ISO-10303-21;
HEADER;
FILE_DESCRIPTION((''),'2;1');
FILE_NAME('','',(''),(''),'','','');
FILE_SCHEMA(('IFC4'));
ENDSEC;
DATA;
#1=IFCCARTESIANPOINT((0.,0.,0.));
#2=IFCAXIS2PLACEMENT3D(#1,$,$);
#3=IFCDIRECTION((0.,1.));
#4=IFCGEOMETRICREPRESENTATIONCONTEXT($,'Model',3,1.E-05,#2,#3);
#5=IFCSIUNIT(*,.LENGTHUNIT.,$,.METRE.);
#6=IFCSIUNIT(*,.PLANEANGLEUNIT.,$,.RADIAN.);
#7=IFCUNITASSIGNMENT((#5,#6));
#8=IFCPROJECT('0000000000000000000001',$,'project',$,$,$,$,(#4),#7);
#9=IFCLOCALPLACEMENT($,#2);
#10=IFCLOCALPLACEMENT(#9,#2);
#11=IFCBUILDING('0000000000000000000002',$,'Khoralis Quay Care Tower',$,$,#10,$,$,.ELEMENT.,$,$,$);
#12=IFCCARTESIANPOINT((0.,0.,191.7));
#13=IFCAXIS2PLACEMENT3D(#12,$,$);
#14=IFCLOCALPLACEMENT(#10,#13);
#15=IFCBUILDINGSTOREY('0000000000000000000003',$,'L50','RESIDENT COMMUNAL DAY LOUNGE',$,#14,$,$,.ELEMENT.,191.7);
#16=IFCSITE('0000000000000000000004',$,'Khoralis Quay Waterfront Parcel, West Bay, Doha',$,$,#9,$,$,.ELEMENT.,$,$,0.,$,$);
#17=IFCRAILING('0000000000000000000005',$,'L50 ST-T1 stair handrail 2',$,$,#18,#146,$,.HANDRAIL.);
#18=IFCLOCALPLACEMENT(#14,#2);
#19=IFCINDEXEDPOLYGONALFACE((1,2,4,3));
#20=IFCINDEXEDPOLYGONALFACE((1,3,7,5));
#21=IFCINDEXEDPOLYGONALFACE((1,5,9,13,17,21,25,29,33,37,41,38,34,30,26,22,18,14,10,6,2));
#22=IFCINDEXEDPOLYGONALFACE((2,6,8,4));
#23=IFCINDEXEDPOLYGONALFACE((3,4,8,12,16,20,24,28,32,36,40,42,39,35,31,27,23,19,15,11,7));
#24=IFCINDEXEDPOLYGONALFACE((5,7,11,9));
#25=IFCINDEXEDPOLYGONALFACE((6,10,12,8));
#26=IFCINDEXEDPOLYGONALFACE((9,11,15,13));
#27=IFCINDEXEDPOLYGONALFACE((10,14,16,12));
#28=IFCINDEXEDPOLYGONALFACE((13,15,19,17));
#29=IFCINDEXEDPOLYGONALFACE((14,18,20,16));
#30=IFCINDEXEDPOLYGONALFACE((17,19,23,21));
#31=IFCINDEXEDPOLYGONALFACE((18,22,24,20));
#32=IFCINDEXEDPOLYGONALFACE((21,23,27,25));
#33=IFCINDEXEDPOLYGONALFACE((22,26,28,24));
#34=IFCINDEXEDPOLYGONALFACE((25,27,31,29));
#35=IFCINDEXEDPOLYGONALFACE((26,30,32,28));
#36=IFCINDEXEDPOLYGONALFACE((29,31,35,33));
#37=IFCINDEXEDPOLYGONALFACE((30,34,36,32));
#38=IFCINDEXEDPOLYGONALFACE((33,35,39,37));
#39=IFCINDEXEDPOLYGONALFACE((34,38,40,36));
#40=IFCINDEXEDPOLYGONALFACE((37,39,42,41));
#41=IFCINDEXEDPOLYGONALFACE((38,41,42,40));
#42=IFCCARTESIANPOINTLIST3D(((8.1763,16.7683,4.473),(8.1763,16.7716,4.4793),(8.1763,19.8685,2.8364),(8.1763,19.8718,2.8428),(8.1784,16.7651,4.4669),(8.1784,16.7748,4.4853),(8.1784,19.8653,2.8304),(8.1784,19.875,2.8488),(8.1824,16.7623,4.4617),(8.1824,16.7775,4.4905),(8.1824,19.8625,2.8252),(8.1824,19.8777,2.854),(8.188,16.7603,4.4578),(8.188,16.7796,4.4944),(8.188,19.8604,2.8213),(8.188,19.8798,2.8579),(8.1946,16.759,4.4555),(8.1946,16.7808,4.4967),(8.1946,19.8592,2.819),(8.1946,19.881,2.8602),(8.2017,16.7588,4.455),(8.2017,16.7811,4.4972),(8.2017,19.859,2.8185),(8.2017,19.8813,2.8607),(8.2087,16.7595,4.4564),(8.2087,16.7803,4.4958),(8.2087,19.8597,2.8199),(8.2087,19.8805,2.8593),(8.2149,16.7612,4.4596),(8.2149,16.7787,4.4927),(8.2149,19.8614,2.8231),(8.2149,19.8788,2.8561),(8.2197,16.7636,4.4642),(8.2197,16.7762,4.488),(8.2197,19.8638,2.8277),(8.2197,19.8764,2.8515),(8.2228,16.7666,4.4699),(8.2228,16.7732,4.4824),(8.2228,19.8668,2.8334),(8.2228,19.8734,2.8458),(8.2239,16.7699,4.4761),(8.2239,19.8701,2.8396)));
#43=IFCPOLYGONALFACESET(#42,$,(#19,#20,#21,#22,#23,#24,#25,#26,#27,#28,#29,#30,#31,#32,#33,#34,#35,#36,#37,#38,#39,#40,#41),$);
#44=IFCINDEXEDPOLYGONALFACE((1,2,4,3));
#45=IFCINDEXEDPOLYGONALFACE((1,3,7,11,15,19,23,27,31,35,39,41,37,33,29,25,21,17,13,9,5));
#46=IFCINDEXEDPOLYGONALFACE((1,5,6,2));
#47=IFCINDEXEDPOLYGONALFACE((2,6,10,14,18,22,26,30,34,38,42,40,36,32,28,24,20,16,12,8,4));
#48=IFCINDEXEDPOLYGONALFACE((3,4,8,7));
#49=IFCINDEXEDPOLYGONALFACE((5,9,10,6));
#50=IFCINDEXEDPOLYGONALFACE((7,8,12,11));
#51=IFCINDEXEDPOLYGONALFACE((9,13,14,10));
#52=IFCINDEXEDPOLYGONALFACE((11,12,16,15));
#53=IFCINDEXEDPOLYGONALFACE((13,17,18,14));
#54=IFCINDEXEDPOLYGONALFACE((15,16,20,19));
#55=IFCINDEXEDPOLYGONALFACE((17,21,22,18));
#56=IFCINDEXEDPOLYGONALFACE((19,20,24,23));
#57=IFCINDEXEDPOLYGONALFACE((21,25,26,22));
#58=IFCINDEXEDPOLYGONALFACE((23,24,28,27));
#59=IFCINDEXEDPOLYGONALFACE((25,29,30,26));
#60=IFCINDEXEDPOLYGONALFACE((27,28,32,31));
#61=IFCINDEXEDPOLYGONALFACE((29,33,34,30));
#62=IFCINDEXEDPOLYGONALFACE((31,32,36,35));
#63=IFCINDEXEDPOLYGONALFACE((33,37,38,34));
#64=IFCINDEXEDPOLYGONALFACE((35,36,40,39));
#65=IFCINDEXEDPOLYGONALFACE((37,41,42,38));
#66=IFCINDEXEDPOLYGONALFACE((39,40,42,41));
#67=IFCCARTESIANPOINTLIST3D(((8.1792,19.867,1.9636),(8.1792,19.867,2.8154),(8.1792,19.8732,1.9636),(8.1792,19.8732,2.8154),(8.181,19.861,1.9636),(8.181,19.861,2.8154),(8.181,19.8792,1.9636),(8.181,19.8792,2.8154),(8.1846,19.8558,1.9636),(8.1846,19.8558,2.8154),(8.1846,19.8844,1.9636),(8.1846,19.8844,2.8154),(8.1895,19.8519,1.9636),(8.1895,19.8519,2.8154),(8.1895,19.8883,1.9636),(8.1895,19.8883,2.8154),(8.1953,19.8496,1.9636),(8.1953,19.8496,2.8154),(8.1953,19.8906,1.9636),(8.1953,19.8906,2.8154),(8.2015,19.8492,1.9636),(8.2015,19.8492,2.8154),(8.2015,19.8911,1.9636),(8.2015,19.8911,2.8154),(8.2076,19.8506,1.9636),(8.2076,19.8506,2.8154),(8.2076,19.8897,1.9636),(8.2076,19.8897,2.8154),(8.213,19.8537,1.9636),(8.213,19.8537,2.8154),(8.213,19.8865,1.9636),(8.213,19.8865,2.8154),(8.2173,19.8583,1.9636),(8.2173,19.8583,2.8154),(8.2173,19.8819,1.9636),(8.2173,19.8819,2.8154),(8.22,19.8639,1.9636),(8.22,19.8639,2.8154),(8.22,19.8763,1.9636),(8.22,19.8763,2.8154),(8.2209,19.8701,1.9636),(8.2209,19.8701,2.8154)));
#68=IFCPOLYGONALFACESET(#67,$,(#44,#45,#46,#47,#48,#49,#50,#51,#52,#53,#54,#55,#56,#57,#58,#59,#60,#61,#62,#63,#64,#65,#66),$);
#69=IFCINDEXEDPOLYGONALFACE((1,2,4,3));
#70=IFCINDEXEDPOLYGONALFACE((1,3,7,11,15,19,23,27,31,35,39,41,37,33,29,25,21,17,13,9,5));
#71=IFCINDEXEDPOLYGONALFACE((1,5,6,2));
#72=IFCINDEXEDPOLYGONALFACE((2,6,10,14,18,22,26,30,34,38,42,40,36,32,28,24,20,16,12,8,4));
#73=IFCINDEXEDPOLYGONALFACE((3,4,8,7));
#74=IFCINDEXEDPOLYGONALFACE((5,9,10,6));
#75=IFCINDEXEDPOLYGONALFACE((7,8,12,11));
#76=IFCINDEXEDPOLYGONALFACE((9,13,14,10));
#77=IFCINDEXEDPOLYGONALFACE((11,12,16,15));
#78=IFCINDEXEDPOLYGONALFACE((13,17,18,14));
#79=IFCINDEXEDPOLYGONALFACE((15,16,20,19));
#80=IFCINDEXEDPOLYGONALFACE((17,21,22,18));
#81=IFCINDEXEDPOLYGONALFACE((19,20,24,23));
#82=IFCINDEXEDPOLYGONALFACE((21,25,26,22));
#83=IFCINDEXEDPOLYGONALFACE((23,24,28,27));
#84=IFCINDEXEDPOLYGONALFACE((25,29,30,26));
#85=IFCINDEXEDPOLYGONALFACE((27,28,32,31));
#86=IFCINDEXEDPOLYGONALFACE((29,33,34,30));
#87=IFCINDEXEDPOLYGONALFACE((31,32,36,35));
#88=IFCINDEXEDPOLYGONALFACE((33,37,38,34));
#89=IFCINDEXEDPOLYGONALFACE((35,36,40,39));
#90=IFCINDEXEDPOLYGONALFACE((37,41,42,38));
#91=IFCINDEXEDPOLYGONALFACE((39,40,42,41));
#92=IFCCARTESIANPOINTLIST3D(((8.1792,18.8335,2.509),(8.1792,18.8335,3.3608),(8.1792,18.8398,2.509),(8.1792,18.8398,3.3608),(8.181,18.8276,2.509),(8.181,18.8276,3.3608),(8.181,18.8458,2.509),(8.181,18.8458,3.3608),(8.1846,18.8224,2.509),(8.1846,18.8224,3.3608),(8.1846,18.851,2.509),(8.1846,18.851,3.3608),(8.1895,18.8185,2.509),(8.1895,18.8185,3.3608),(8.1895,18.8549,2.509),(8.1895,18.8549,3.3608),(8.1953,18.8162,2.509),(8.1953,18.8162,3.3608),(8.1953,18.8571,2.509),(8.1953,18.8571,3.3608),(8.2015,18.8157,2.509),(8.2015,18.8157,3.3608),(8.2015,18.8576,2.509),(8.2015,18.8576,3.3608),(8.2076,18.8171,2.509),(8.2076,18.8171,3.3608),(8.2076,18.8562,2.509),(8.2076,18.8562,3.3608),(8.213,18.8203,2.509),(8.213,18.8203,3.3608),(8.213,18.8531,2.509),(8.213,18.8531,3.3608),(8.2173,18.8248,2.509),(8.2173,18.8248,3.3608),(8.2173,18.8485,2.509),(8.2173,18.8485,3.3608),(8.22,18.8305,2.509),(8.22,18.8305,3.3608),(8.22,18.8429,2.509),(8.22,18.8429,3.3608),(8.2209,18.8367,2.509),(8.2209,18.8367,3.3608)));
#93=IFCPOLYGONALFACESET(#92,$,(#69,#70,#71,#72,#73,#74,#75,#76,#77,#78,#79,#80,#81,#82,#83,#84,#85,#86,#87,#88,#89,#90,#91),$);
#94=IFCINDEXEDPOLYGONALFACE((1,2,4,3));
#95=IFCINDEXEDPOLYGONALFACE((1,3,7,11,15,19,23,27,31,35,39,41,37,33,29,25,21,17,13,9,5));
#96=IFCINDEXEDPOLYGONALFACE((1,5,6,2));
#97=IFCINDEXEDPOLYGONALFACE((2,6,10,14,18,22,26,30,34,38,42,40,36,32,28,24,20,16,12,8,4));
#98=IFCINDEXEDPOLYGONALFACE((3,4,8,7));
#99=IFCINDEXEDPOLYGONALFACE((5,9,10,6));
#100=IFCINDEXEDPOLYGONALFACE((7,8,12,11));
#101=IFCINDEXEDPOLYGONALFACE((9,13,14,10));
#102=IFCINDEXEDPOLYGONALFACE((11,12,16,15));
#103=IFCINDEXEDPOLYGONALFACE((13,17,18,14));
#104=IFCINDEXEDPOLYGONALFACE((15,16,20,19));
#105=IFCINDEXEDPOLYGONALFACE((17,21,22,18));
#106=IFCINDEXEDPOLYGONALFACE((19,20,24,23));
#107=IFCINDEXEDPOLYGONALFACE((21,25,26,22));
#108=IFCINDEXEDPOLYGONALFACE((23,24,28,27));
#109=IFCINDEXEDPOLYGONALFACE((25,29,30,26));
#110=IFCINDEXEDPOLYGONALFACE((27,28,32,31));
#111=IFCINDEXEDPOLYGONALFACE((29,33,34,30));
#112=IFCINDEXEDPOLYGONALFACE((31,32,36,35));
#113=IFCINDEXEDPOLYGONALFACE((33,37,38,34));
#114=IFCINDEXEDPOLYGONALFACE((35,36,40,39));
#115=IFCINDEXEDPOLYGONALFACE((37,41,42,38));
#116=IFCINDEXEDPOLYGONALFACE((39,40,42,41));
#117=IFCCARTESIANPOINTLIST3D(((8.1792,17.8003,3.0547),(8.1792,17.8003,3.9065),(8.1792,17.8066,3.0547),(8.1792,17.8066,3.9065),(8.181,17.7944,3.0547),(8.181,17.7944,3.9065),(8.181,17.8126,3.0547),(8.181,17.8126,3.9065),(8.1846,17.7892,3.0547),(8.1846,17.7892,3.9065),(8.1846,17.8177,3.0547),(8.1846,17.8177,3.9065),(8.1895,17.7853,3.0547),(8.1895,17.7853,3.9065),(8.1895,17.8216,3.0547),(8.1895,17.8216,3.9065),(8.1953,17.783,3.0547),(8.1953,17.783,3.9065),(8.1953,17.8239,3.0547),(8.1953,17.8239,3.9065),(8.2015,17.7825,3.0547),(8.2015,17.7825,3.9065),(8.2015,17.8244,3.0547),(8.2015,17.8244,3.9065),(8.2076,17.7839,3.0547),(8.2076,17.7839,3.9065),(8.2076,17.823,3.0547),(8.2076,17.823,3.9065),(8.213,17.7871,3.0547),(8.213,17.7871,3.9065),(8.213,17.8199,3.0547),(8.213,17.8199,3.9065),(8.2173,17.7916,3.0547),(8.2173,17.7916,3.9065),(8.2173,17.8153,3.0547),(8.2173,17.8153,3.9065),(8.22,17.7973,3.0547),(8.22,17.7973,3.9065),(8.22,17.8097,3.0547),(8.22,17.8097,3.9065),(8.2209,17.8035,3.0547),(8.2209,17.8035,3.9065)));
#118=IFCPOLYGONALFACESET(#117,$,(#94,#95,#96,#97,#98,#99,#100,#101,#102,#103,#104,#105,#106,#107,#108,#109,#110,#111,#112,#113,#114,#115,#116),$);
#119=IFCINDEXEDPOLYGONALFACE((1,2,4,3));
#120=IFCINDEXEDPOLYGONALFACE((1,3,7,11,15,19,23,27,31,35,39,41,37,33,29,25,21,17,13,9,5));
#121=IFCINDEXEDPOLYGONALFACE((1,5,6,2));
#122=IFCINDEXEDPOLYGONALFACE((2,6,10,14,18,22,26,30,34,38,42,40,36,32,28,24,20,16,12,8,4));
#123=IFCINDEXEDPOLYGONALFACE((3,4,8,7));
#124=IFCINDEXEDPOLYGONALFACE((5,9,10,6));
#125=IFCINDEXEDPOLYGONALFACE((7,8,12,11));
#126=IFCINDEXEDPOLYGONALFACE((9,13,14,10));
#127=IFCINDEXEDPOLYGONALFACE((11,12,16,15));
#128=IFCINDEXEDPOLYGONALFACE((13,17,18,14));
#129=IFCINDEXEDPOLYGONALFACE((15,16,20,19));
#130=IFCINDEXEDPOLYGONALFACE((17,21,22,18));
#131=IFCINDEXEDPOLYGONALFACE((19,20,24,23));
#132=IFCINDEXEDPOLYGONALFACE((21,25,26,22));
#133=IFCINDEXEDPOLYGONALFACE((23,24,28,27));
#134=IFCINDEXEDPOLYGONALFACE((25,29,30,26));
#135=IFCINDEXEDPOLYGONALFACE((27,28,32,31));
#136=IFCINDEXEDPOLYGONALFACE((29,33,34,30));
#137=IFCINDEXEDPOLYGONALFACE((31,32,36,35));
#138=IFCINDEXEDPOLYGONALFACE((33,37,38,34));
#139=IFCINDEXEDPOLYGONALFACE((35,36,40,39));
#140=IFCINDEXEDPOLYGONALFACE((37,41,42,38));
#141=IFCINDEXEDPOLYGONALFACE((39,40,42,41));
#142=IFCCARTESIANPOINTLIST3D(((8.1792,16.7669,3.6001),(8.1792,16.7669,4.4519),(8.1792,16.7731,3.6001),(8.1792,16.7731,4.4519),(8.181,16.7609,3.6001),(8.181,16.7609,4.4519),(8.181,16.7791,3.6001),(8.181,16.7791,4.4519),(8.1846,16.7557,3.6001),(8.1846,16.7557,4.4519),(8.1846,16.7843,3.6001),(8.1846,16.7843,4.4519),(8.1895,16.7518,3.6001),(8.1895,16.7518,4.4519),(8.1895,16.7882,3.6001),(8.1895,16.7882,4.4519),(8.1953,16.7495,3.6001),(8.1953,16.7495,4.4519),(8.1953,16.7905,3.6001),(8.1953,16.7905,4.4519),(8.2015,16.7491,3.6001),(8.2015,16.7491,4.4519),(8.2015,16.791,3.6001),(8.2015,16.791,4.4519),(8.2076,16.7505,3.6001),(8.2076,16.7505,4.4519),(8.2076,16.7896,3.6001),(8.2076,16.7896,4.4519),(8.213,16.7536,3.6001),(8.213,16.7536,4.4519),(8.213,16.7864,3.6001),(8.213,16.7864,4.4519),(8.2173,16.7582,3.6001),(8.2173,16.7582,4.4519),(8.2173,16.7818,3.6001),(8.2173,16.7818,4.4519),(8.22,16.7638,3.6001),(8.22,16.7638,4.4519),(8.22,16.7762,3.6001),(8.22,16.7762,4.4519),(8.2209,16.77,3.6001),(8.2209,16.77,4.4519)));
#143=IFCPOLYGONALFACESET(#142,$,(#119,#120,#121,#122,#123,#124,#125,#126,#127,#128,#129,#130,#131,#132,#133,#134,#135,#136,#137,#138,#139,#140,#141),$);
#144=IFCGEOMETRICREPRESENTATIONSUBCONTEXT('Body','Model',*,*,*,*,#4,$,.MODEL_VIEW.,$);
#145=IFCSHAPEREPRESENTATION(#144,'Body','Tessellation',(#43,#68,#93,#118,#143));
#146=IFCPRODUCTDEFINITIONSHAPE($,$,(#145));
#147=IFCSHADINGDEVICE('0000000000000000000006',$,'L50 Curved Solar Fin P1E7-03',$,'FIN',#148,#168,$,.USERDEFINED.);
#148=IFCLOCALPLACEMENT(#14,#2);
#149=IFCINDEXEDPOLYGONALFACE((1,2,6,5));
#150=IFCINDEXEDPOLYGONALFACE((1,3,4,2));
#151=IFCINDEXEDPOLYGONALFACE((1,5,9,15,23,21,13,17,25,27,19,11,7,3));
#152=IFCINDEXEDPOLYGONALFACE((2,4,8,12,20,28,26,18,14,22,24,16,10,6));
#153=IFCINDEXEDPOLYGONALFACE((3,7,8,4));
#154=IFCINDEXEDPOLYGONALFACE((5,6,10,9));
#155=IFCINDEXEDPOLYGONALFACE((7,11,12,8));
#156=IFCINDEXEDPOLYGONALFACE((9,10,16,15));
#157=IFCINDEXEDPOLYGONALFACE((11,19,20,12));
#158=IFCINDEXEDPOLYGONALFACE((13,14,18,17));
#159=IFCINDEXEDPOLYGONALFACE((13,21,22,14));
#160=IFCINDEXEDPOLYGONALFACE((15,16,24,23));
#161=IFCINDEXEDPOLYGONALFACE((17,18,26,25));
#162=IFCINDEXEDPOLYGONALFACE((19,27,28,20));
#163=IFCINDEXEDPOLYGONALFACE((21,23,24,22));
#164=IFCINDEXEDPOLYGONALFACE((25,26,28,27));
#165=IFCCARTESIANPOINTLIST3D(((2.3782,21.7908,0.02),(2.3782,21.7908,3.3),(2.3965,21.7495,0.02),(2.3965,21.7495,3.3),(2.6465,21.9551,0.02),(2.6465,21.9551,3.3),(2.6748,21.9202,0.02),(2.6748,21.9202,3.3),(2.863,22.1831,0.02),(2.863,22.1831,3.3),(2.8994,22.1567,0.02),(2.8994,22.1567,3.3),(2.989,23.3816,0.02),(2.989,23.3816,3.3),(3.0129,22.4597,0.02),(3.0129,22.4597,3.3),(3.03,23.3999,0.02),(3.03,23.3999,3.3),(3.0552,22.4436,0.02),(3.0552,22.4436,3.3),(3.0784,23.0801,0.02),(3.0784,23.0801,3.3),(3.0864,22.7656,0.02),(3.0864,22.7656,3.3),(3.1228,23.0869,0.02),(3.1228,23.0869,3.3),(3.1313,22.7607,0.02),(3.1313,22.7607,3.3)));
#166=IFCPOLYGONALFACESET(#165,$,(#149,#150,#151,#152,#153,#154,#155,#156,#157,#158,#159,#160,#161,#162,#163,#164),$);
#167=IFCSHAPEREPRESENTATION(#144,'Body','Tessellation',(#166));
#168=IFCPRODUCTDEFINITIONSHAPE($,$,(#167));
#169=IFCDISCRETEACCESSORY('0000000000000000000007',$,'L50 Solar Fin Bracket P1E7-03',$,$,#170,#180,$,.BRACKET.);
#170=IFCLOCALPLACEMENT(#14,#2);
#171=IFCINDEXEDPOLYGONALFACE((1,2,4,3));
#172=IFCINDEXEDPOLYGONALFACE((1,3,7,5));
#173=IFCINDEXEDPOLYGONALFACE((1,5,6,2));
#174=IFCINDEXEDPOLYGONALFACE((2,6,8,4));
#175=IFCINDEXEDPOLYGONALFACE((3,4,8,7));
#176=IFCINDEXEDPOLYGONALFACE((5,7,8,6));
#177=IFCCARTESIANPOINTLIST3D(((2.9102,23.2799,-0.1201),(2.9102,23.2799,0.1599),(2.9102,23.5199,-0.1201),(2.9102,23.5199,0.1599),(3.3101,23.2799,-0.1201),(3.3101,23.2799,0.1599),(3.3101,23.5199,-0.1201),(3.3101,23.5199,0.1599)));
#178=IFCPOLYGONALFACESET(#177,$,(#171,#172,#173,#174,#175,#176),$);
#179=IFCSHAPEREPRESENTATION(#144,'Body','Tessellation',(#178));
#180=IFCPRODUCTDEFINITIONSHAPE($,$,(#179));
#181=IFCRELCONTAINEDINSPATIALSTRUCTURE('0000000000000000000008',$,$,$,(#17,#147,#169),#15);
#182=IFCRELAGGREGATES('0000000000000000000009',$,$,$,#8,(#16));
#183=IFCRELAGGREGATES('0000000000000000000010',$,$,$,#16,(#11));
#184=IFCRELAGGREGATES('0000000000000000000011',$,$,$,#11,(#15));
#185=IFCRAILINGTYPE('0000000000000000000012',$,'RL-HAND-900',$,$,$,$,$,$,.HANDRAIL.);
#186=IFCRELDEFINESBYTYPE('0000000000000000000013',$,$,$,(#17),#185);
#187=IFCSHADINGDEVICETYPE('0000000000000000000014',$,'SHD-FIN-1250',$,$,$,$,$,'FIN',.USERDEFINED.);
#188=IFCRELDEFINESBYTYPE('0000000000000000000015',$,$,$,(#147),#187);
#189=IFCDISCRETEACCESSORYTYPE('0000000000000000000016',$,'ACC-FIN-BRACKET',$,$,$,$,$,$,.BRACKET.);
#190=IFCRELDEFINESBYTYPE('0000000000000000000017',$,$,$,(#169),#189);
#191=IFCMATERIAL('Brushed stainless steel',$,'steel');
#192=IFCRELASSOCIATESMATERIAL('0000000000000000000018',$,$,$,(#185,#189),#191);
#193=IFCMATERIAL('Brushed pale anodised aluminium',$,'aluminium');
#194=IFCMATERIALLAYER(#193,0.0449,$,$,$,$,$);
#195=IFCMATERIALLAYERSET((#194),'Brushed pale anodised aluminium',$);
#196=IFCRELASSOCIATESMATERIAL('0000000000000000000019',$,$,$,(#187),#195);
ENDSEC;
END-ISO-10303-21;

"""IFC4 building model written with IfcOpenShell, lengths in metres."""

from ifc_helpers import new_model, si_unit, direction, frame, origin, origin_2d, place, context, subcontext, project, spatial, polyline, rectangle, circle, outline, extrude, source, transform, mapped, material, layer, layer_set, type_object, element, save


model = new_model("IFC4")

# Units and contexts
model_context = context("Model", 3, precision=1e-05, world=origin(), true_north=direction((0.0, 1.0)))
body_context = subcontext(model_context, "Body", "Model", "MODEL_VIEW")
ifc_project = project(units=[si_unit("LENGTHUNIT", "METRE"), si_unit("PLANEANGLEUNIT", "RADIAN")], contexts=[model_context])

# Site, building, storey
site_placement = place(None, origin())
site = spatial("IfcSite", under=ifc_project, at=site_placement, Name="Khoralis Quay Waterfront Parcel, West Bay, Doha", CompositionType="ELEMENT", RefElevation=0.0)
building_placement = place(site_placement, origin())
building = spatial("IfcBuilding", under=site, at=building_placement, Name="Khoralis Quay Care Tower", CompositionType="ELEMENT")
storey_placement = place(building_placement, frame((0.0, 0.0, 191.7)))
storey = spatial("IfcBuildingStorey", under=building, at=storey_placement, Name="L50", Description="RESIDENT COMMUNAL DAY LOUNGE", CompositionType="ELEMENT", Elevation=191.7)

# Railing
ifc_material_1 = material(Name="Brushed stainless steel", Category="steel")
railing_type_1 = type_object("IfcRailingType", Name="RL-HAND-900", PredefinedType="HANDRAIL", material=ifc_material_1)
railing_1_placement = place(storey_placement, frame((8.2, 19.8701, 1.9636)))
element("IfcRailing", 1, at=railing_1_placement, inside=storey, type_object=railing_type_1, Name="L50 ST-T1 stair handrail 2", PredefinedType="HANDRAIL", context=body_context, shape_type="SweptSolid", body=[
    extrude(circle(Radius=0.0239, at=origin_2d()), frame((0.0, 0.0, 0.876), z_axis=(0.0, -0.884348, 0.466828), x_axis=(1.0, 0.0, 0.0)), (0.0, 0.0, 1.0), 3.5056),
    extrude(circle(Radius=0.021, at=origin_2d()), origin(), (0.0, 0.0, 1.0), 0.8518),
    extrude(circle(Radius=0.021, at=origin_2d()), frame((0.0, -1.0334, 0.5454)), (0.0, 0.0, 1.0), 0.8518),
    extrude(circle(Radius=0.021, at=origin_2d()), frame((0.0, -2.0667, 1.0911)), (0.0, 0.0, 1.0), 0.8518),
    extrude(circle(Radius=0.021, at=origin_2d()), frame((0.0, -3.1001, 1.6365)), (0.0, 0.0, 1.0), 0.8518),
])

# Shading device
ifc_material_2 = material(Name="Brushed pale anodised aluminium", Category="aluminium")
ifc_layer_1 = layer(ifc_material_2, 0.0449)
ifc_layer_set_1 = layer_set([ifc_layer_1], Name="Brushed pale anodised aluminium")
shading_device_type = type_object("IfcShadingDeviceType", Name="SHD-FIN-1250", ElementType="FIN", PredefinedType="USERDEFINED", material=ifc_layer_set_1)
shared_shape_1 = source(origin(), body_context, "Body", "SweptSolid", [
    extrude(outline(polyline([(0.0, 0.0), (-0.0928, 0.313), (-0.1013, 0.6392), (-0.0251, 0.9563), (0.1306, 1.2432), (0.3552, 1.4797), (0.6335, 1.6504), (0.6519, 1.6091), (0.3835, 1.4448), (0.167, 1.2168), (0.0171, 0.9402), (-0.0564, 0.6343), (-0.0483, 0.3198), (0.041, 0.0183), (0.0, 0.0)])), origin(), (0.0, 0.0, 1.0), 3.28),
])
shading_device_placement = place(storey_placement, frame((3.03, 23.3999, 0.02), z_axis=(0.0, 0.0, 1.0), x_axis=(-1.0, 0.0, 0.0)))
element("IfcShadingDevice", 2, at=shading_device_placement, inside=storey, type_object=shading_device_type, Name="L50 Curved Solar Fin P1E7-03", ObjectType="FIN", PredefinedType="USERDEFINED", context=body_context, shape_type="MappedRepresentation", body=[
    mapped(shared_shape_1, transform((0.0, 0.0, 0.0), scale=1.0)),
])

# Discrete accessory
discrete_accessory_type = type_object("IfcDiscreteAccessoryType", Name="ACC-FIN-BRACKET", PredefinedType="BRACKET", material=ifc_material_1)
shared_shape_2 = source(origin(), body_context, "Body", "SweptSolid", [
    extrude(rectangle(XDim=0.3999, YDim=0.24, at=origin_2d()), origin(), (0.0, 0.0, 1.0), 0.28),
])
discrete_accessory_placement = place(storey_placement, frame((3.1101, 23.3999, -0.1201), z_axis=(0.0, 0.0, 1.0), x_axis=(-1.0, 0.0, 0.0)))
element("IfcDiscreteAccessory", 3, at=discrete_accessory_placement, inside=storey, type_object=discrete_accessory_type, Name="L50 Solar Fin Bracket P1E7-03", PredefinedType="BRACKET", context=body_context, shape_type="MappedRepresentation", body=[
    mapped(shared_shape_2, transform((0.0, 0.0, 0.0), scale=1.0)),
])

save(model, "model.ifc")
